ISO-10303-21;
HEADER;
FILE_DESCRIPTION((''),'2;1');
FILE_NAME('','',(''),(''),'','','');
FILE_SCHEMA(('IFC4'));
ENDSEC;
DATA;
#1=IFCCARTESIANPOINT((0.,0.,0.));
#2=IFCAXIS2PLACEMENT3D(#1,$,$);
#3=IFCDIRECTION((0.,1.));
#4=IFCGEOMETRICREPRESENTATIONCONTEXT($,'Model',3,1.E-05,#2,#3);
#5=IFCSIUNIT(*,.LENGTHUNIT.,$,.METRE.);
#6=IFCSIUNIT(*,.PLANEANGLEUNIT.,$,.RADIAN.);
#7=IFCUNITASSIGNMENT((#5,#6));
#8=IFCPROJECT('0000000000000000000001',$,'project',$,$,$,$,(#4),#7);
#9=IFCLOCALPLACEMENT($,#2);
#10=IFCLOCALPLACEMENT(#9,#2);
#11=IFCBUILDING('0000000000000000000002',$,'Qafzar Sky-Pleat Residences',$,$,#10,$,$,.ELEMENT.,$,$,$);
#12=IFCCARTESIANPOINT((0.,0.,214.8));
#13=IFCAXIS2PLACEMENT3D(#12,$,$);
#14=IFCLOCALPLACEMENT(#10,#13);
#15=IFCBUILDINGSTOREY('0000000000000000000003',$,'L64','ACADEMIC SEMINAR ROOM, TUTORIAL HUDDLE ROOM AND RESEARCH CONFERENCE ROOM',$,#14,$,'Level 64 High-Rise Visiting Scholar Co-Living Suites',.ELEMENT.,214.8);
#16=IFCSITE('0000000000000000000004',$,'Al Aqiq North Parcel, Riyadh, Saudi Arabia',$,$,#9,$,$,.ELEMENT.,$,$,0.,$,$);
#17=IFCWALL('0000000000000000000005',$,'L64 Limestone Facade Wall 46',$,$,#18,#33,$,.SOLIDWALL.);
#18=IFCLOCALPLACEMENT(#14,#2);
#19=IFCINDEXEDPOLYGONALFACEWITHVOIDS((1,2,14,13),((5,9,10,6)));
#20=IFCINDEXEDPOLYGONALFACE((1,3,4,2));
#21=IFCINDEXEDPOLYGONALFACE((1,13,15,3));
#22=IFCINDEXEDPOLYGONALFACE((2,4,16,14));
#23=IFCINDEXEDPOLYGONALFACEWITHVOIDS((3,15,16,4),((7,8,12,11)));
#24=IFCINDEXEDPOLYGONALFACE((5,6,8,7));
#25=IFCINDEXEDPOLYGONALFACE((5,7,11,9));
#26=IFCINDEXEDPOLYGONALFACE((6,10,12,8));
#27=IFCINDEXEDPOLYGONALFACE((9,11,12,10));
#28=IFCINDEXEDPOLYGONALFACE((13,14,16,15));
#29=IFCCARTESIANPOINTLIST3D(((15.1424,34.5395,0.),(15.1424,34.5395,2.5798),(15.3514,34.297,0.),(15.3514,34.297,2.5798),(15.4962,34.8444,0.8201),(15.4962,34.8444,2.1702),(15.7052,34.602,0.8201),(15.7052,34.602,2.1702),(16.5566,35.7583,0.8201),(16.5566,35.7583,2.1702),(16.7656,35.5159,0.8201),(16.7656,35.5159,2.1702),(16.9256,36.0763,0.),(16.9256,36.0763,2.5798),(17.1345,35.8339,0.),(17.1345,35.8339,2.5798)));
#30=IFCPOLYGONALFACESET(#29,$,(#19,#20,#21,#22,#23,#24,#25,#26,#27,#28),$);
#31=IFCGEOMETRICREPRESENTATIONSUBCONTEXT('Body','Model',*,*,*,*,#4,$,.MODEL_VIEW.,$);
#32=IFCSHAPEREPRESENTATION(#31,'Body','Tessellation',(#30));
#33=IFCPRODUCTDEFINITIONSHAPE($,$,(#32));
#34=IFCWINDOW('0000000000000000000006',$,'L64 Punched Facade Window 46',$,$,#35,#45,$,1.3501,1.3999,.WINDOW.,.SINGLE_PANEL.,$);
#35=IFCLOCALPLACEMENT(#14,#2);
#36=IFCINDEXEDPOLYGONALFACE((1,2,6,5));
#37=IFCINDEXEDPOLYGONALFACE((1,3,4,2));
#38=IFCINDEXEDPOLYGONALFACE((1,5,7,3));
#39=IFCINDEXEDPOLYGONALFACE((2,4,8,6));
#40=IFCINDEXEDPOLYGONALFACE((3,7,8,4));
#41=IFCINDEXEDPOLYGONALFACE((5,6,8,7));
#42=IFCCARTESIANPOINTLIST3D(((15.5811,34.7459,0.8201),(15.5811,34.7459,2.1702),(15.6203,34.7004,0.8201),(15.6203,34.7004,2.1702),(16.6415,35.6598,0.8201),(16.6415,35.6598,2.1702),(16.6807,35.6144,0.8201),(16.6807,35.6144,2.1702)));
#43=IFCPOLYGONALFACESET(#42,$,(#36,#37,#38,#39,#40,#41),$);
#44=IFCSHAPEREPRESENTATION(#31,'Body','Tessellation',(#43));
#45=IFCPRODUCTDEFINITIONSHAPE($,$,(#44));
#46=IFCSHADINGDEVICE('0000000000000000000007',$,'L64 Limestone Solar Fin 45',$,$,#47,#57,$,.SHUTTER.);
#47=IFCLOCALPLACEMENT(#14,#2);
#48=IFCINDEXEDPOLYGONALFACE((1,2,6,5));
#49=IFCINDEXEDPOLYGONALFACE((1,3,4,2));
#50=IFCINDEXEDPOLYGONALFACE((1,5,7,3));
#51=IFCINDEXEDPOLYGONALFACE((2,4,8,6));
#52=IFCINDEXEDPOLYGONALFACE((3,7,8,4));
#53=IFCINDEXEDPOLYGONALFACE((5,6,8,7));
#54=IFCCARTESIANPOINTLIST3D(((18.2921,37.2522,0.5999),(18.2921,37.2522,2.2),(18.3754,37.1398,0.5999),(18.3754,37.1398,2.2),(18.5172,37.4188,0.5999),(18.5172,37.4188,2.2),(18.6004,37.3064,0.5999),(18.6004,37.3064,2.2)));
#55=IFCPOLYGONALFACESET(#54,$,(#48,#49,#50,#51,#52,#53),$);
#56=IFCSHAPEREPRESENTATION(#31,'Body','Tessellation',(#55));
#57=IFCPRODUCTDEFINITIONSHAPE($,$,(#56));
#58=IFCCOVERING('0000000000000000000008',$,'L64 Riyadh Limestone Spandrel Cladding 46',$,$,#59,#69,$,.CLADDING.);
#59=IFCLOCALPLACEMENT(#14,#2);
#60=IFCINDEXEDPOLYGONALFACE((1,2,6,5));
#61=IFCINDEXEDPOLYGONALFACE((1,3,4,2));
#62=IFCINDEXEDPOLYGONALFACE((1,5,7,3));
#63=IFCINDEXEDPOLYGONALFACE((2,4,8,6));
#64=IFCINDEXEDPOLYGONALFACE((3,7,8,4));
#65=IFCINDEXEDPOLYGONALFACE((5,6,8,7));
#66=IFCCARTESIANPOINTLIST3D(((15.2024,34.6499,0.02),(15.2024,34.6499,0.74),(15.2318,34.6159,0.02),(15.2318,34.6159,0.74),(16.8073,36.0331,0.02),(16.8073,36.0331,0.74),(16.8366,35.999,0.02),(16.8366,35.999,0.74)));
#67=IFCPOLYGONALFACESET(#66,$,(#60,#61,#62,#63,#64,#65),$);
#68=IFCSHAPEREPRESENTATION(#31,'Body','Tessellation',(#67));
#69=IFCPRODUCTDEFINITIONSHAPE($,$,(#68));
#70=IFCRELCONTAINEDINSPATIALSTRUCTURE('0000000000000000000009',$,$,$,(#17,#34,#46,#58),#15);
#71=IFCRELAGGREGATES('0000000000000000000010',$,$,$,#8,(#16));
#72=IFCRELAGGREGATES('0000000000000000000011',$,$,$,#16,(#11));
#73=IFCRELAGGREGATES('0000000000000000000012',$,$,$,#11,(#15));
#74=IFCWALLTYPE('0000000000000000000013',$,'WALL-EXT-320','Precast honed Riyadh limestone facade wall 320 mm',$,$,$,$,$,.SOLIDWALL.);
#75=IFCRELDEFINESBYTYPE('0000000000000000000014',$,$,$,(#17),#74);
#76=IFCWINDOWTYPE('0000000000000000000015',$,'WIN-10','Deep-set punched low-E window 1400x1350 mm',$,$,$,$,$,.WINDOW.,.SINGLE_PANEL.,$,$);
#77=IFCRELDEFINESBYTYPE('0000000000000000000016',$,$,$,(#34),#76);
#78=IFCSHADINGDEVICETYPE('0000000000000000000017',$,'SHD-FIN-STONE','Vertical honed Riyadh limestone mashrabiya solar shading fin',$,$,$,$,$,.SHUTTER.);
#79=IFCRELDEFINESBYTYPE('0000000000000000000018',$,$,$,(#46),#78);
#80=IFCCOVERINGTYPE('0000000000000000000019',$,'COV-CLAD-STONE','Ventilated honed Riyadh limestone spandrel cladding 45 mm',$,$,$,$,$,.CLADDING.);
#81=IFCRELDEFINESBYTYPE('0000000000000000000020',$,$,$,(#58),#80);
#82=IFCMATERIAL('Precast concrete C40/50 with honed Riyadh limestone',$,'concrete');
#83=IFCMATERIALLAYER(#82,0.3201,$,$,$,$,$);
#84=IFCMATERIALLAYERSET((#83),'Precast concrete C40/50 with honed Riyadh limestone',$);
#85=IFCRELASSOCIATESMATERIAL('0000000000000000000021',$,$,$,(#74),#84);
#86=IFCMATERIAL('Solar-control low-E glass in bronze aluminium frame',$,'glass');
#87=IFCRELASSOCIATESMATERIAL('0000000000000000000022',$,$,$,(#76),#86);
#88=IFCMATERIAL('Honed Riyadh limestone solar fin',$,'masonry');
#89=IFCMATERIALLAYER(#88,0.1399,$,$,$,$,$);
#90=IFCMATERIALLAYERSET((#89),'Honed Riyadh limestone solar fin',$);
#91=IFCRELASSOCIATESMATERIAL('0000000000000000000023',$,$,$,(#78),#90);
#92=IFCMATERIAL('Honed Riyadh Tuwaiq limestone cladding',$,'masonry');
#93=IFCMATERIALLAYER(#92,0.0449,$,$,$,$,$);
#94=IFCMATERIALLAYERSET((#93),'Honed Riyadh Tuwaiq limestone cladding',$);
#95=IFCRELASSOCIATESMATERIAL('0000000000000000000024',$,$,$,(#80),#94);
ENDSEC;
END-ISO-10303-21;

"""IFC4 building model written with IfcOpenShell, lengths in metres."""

from ifc_helpers import new_model, si_unit, direction, frame, frame_2d, origin, origin_2d, place, context, subcontext, project, spatial, rectangle, extrude, source, transform, mapped, material, layer, layer_set, type_object, element, fill, save


model = new_model("IFC4")

# Units and contexts
model_context = context("Model", 3, precision=1e-05, world=origin(), true_north=direction((0.0, 1.0)))
body_context = subcontext(model_context, "Body", "Model", "MODEL_VIEW")
ifc_project = project(units=[si_unit("LENGTHUNIT", "METRE"), si_unit("PLANEANGLEUNIT", "RADIAN")], contexts=[model_context])

# Site, building, storey
site_placement = place(None, origin())
site = spatial("IfcSite", under=ifc_project, at=site_placement, Name="Al Aqiq North Parcel, Riyadh, Saudi Arabia", CompositionType="ELEMENT", RefElevation=0.0)
building_placement = place(site_placement, origin())
building = spatial("IfcBuilding", under=site, at=building_placement, Name="Qafzar Sky-Pleat Residences", CompositionType="ELEMENT")
storey_placement = place(building_placement, frame((0.0, 0.0, 214.8)))
storey = spatial("IfcBuildingStorey", under=building, at=storey_placement, Name="L64", Description="ACADEMIC SEMINAR ROOM, TUTORIAL HUDDLE ROOM AND RESEARCH CONFERENCE ROOM", LongName="Level 64 High-Rise Visiting Scholar Co-Living Suites", CompositionType="ELEMENT", Elevation=214.8)

# Wall, opening, window
ifc_material_1 = material(Name="Precast concrete C40/50 with honed Riyadh limestone", Category="concrete")
ifc_layer_1 = layer(ifc_material_1, 0.3201)
ifc_layer_set_1 = layer_set([ifc_layer_1], Name="Precast concrete C40/50 with honed Riyadh limestone")
wall_type_1 = type_object("IfcWallType", Name="WALL-EXT-320", Description="Precast honed Riyadh limestone facade wall 320 mm", PredefinedType="SOLIDWALL", material=ifc_layer_set_1)
ifc_material_2 = material(Name="Solar-control low-E glass in bronze aluminium frame", Category="glass")
wall_1_placement = place(storey_placement, frame((17.03, 35.9551, 0.0), z_axis=(0.0, 0.0, 1.0), x_axis=(-0.75749, -0.652847, 0.0)))
wall_1 = element("IfcWall", 1, at=wall_1_placement, inside=storey, type_object=wall_type_1, Name="L64 Limestone Facade Wall 46", PredefinedType="SOLIDWALL", context=body_context, shape_type="SweptSolid", body=[
    extrude(rectangle(XDim=2.354, YDim=0.3201, at=frame_2d((1.177, 0.0))), origin(), (0.0, 0.0, 1.0), 2.5798),
])
opening_1_placement = place(wall_1_placement, frame((0.4871, 0.0, 0.8201)))
opening_1 = element("IfcOpeningElement", 2, at=opening_1_placement, cuts=wall_1, PredefinedType="OPENING", context=body_context, shape_type="SweptSolid", body=[
    extrude(rectangle(XDim=1.3999, YDim=1.3501, at=frame_2d((0.7, 0.675))), frame((0.0, 0.1699, 0.0), z_axis=(0.0, -1.0, 0.0), x_axis=(1.0, 0.0, 0.0)), (0.0, 0.0, 1.0), 0.3401),
])
window_type_1 = type_object("IfcWindowType", Name="WIN-10", Description="Deep-set punched low-E window 1400x1350 mm", PartitioningType="SINGLE_PANEL", PredefinedType="WINDOW", material=ifc_material_2)
shared_shape_1 = source(origin(), body_context, "Body", "SweptSolid", [
    extrude(rectangle(XDim=1.3999, YDim=1.3501, at=frame_2d((0.7, 0.675))), frame((0.0, 0.03, 0.0), z_axis=(0.0, -1.0, 0.0), x_axis=(1.0, 0.0, 0.0)), (0.0, 0.0, 1.0), 0.0601),
])
window_1_placement = place(opening_1_placement, origin())
window_1 = element("IfcWindow", 3, at=window_1_placement, inside=storey, type_object=window_type_1, Name="L64 Punched Facade Window 46", OverallHeight=1.3501, OverallWidth=1.3999, PartitioningType="SINGLE_PANEL", PredefinedType="WINDOW", context=body_context, shape_type="MappedRepresentation", body=[
    mapped(shared_shape_1, transform((0.0, 0.0, 0.0), x_axis=(1.0, 0.0, 0.0), y_axis=(0.0, 1.0, 0.0), z_axis=(0.0, 0.0, 1.0), scale=1.0)),
])
fill(opening_1, window_1)

# Shading device
ifc_material_3 = material(Name="Honed Riyadh limestone solar fin", Category="masonry")
ifc_layer_2 = layer(ifc_material_3, 0.1399)
ifc_layer_set_2 = layer_set([ifc_layer_2], Name="Honed Riyadh limestone solar fin")
shading_device_type = type_object("IfcShadingDeviceType", Name="SHD-FIN-STONE", Description="Vertical honed Riyadh limestone mashrabiya solar shading fin", PredefinedType="SHUTTER", material=ifc_layer_set_2)
shared_shape_2 = source(origin(), body_context, "Body", "SweptSolid", [
    extrude(rectangle(XDim=0.1399, YDim=0.28, at=origin_2d()), origin(), (0.0, 0.0, 1.0), 1.6001),
])
shading_device_placement = place(storey_placement, frame((18.4463, 37.2793, 0.5999), z_axis=(0.0, 0.0, 1.0), x_axis=(-0.594883, 0.803813, 0.0)))
element("IfcShadingDevice", 4, at=shading_device_placement, inside=storey, type_object=shading_device_type, Name="L64 Limestone Solar Fin 45", PredefinedType="SHUTTER", context=body_context, shape_type="MappedRepresentation", body=[
    mapped(shared_shape_2, transform((0.0, 0.0, 0.0), x_axis=(1.0, 0.0, 0.0), y_axis=(0.0, 1.0, 0.0), z_axis=(0.0, 0.0, 1.0), scale=1.0)),
])

# Covering
ifc_material_4 = material(Name="Honed Riyadh Tuwaiq limestone cladding", Category="masonry")
ifc_layer_3 = layer(ifc_material_4, 0.0449)
ifc_layer_set_3 = layer_set([ifc_layer_3], Name="Honed Riyadh Tuwaiq limestone cladding")
covering_type = type_object("IfcCoveringType", Name="COV-CLAD-STONE", Description="Ventilated honed Riyadh limestone spandrel cladding 45 mm", PredefinedType="CLADDING", material=ifc_layer_set_3)
shared_shape_3 = source(origin(), body_context, "Body", "SweptSolid", [
    extrude(rectangle(XDim=2.1187, YDim=0.0449, at=origin_2d()), origin(), (0.0, 0.0, 1.0), 0.72),
])
covering_placement = place(storey_placement, frame((16.0195, 35.3245, 0.02), z_axis=(0.0, 0.0, 1.0), x_axis=(-0.757485, -0.652853, 0.0)))
element("IfcCovering", 5, at=covering_placement, inside=storey, type_object=covering_type, Name="L64 Riyadh Limestone Spandrel Cladding 46", PredefinedType="CLADDING", context=body_context, shape_type="MappedRepresentation", body=[
    mapped(shared_shape_3, transform((0.0, 0.0, 0.0), x_axis=(1.0, 0.0, 0.0), y_axis=(0.0, 1.0, 0.0), z_axis=(0.0, 0.0, 1.0), scale=1.0)),
])

save(model, "model.ifc")
